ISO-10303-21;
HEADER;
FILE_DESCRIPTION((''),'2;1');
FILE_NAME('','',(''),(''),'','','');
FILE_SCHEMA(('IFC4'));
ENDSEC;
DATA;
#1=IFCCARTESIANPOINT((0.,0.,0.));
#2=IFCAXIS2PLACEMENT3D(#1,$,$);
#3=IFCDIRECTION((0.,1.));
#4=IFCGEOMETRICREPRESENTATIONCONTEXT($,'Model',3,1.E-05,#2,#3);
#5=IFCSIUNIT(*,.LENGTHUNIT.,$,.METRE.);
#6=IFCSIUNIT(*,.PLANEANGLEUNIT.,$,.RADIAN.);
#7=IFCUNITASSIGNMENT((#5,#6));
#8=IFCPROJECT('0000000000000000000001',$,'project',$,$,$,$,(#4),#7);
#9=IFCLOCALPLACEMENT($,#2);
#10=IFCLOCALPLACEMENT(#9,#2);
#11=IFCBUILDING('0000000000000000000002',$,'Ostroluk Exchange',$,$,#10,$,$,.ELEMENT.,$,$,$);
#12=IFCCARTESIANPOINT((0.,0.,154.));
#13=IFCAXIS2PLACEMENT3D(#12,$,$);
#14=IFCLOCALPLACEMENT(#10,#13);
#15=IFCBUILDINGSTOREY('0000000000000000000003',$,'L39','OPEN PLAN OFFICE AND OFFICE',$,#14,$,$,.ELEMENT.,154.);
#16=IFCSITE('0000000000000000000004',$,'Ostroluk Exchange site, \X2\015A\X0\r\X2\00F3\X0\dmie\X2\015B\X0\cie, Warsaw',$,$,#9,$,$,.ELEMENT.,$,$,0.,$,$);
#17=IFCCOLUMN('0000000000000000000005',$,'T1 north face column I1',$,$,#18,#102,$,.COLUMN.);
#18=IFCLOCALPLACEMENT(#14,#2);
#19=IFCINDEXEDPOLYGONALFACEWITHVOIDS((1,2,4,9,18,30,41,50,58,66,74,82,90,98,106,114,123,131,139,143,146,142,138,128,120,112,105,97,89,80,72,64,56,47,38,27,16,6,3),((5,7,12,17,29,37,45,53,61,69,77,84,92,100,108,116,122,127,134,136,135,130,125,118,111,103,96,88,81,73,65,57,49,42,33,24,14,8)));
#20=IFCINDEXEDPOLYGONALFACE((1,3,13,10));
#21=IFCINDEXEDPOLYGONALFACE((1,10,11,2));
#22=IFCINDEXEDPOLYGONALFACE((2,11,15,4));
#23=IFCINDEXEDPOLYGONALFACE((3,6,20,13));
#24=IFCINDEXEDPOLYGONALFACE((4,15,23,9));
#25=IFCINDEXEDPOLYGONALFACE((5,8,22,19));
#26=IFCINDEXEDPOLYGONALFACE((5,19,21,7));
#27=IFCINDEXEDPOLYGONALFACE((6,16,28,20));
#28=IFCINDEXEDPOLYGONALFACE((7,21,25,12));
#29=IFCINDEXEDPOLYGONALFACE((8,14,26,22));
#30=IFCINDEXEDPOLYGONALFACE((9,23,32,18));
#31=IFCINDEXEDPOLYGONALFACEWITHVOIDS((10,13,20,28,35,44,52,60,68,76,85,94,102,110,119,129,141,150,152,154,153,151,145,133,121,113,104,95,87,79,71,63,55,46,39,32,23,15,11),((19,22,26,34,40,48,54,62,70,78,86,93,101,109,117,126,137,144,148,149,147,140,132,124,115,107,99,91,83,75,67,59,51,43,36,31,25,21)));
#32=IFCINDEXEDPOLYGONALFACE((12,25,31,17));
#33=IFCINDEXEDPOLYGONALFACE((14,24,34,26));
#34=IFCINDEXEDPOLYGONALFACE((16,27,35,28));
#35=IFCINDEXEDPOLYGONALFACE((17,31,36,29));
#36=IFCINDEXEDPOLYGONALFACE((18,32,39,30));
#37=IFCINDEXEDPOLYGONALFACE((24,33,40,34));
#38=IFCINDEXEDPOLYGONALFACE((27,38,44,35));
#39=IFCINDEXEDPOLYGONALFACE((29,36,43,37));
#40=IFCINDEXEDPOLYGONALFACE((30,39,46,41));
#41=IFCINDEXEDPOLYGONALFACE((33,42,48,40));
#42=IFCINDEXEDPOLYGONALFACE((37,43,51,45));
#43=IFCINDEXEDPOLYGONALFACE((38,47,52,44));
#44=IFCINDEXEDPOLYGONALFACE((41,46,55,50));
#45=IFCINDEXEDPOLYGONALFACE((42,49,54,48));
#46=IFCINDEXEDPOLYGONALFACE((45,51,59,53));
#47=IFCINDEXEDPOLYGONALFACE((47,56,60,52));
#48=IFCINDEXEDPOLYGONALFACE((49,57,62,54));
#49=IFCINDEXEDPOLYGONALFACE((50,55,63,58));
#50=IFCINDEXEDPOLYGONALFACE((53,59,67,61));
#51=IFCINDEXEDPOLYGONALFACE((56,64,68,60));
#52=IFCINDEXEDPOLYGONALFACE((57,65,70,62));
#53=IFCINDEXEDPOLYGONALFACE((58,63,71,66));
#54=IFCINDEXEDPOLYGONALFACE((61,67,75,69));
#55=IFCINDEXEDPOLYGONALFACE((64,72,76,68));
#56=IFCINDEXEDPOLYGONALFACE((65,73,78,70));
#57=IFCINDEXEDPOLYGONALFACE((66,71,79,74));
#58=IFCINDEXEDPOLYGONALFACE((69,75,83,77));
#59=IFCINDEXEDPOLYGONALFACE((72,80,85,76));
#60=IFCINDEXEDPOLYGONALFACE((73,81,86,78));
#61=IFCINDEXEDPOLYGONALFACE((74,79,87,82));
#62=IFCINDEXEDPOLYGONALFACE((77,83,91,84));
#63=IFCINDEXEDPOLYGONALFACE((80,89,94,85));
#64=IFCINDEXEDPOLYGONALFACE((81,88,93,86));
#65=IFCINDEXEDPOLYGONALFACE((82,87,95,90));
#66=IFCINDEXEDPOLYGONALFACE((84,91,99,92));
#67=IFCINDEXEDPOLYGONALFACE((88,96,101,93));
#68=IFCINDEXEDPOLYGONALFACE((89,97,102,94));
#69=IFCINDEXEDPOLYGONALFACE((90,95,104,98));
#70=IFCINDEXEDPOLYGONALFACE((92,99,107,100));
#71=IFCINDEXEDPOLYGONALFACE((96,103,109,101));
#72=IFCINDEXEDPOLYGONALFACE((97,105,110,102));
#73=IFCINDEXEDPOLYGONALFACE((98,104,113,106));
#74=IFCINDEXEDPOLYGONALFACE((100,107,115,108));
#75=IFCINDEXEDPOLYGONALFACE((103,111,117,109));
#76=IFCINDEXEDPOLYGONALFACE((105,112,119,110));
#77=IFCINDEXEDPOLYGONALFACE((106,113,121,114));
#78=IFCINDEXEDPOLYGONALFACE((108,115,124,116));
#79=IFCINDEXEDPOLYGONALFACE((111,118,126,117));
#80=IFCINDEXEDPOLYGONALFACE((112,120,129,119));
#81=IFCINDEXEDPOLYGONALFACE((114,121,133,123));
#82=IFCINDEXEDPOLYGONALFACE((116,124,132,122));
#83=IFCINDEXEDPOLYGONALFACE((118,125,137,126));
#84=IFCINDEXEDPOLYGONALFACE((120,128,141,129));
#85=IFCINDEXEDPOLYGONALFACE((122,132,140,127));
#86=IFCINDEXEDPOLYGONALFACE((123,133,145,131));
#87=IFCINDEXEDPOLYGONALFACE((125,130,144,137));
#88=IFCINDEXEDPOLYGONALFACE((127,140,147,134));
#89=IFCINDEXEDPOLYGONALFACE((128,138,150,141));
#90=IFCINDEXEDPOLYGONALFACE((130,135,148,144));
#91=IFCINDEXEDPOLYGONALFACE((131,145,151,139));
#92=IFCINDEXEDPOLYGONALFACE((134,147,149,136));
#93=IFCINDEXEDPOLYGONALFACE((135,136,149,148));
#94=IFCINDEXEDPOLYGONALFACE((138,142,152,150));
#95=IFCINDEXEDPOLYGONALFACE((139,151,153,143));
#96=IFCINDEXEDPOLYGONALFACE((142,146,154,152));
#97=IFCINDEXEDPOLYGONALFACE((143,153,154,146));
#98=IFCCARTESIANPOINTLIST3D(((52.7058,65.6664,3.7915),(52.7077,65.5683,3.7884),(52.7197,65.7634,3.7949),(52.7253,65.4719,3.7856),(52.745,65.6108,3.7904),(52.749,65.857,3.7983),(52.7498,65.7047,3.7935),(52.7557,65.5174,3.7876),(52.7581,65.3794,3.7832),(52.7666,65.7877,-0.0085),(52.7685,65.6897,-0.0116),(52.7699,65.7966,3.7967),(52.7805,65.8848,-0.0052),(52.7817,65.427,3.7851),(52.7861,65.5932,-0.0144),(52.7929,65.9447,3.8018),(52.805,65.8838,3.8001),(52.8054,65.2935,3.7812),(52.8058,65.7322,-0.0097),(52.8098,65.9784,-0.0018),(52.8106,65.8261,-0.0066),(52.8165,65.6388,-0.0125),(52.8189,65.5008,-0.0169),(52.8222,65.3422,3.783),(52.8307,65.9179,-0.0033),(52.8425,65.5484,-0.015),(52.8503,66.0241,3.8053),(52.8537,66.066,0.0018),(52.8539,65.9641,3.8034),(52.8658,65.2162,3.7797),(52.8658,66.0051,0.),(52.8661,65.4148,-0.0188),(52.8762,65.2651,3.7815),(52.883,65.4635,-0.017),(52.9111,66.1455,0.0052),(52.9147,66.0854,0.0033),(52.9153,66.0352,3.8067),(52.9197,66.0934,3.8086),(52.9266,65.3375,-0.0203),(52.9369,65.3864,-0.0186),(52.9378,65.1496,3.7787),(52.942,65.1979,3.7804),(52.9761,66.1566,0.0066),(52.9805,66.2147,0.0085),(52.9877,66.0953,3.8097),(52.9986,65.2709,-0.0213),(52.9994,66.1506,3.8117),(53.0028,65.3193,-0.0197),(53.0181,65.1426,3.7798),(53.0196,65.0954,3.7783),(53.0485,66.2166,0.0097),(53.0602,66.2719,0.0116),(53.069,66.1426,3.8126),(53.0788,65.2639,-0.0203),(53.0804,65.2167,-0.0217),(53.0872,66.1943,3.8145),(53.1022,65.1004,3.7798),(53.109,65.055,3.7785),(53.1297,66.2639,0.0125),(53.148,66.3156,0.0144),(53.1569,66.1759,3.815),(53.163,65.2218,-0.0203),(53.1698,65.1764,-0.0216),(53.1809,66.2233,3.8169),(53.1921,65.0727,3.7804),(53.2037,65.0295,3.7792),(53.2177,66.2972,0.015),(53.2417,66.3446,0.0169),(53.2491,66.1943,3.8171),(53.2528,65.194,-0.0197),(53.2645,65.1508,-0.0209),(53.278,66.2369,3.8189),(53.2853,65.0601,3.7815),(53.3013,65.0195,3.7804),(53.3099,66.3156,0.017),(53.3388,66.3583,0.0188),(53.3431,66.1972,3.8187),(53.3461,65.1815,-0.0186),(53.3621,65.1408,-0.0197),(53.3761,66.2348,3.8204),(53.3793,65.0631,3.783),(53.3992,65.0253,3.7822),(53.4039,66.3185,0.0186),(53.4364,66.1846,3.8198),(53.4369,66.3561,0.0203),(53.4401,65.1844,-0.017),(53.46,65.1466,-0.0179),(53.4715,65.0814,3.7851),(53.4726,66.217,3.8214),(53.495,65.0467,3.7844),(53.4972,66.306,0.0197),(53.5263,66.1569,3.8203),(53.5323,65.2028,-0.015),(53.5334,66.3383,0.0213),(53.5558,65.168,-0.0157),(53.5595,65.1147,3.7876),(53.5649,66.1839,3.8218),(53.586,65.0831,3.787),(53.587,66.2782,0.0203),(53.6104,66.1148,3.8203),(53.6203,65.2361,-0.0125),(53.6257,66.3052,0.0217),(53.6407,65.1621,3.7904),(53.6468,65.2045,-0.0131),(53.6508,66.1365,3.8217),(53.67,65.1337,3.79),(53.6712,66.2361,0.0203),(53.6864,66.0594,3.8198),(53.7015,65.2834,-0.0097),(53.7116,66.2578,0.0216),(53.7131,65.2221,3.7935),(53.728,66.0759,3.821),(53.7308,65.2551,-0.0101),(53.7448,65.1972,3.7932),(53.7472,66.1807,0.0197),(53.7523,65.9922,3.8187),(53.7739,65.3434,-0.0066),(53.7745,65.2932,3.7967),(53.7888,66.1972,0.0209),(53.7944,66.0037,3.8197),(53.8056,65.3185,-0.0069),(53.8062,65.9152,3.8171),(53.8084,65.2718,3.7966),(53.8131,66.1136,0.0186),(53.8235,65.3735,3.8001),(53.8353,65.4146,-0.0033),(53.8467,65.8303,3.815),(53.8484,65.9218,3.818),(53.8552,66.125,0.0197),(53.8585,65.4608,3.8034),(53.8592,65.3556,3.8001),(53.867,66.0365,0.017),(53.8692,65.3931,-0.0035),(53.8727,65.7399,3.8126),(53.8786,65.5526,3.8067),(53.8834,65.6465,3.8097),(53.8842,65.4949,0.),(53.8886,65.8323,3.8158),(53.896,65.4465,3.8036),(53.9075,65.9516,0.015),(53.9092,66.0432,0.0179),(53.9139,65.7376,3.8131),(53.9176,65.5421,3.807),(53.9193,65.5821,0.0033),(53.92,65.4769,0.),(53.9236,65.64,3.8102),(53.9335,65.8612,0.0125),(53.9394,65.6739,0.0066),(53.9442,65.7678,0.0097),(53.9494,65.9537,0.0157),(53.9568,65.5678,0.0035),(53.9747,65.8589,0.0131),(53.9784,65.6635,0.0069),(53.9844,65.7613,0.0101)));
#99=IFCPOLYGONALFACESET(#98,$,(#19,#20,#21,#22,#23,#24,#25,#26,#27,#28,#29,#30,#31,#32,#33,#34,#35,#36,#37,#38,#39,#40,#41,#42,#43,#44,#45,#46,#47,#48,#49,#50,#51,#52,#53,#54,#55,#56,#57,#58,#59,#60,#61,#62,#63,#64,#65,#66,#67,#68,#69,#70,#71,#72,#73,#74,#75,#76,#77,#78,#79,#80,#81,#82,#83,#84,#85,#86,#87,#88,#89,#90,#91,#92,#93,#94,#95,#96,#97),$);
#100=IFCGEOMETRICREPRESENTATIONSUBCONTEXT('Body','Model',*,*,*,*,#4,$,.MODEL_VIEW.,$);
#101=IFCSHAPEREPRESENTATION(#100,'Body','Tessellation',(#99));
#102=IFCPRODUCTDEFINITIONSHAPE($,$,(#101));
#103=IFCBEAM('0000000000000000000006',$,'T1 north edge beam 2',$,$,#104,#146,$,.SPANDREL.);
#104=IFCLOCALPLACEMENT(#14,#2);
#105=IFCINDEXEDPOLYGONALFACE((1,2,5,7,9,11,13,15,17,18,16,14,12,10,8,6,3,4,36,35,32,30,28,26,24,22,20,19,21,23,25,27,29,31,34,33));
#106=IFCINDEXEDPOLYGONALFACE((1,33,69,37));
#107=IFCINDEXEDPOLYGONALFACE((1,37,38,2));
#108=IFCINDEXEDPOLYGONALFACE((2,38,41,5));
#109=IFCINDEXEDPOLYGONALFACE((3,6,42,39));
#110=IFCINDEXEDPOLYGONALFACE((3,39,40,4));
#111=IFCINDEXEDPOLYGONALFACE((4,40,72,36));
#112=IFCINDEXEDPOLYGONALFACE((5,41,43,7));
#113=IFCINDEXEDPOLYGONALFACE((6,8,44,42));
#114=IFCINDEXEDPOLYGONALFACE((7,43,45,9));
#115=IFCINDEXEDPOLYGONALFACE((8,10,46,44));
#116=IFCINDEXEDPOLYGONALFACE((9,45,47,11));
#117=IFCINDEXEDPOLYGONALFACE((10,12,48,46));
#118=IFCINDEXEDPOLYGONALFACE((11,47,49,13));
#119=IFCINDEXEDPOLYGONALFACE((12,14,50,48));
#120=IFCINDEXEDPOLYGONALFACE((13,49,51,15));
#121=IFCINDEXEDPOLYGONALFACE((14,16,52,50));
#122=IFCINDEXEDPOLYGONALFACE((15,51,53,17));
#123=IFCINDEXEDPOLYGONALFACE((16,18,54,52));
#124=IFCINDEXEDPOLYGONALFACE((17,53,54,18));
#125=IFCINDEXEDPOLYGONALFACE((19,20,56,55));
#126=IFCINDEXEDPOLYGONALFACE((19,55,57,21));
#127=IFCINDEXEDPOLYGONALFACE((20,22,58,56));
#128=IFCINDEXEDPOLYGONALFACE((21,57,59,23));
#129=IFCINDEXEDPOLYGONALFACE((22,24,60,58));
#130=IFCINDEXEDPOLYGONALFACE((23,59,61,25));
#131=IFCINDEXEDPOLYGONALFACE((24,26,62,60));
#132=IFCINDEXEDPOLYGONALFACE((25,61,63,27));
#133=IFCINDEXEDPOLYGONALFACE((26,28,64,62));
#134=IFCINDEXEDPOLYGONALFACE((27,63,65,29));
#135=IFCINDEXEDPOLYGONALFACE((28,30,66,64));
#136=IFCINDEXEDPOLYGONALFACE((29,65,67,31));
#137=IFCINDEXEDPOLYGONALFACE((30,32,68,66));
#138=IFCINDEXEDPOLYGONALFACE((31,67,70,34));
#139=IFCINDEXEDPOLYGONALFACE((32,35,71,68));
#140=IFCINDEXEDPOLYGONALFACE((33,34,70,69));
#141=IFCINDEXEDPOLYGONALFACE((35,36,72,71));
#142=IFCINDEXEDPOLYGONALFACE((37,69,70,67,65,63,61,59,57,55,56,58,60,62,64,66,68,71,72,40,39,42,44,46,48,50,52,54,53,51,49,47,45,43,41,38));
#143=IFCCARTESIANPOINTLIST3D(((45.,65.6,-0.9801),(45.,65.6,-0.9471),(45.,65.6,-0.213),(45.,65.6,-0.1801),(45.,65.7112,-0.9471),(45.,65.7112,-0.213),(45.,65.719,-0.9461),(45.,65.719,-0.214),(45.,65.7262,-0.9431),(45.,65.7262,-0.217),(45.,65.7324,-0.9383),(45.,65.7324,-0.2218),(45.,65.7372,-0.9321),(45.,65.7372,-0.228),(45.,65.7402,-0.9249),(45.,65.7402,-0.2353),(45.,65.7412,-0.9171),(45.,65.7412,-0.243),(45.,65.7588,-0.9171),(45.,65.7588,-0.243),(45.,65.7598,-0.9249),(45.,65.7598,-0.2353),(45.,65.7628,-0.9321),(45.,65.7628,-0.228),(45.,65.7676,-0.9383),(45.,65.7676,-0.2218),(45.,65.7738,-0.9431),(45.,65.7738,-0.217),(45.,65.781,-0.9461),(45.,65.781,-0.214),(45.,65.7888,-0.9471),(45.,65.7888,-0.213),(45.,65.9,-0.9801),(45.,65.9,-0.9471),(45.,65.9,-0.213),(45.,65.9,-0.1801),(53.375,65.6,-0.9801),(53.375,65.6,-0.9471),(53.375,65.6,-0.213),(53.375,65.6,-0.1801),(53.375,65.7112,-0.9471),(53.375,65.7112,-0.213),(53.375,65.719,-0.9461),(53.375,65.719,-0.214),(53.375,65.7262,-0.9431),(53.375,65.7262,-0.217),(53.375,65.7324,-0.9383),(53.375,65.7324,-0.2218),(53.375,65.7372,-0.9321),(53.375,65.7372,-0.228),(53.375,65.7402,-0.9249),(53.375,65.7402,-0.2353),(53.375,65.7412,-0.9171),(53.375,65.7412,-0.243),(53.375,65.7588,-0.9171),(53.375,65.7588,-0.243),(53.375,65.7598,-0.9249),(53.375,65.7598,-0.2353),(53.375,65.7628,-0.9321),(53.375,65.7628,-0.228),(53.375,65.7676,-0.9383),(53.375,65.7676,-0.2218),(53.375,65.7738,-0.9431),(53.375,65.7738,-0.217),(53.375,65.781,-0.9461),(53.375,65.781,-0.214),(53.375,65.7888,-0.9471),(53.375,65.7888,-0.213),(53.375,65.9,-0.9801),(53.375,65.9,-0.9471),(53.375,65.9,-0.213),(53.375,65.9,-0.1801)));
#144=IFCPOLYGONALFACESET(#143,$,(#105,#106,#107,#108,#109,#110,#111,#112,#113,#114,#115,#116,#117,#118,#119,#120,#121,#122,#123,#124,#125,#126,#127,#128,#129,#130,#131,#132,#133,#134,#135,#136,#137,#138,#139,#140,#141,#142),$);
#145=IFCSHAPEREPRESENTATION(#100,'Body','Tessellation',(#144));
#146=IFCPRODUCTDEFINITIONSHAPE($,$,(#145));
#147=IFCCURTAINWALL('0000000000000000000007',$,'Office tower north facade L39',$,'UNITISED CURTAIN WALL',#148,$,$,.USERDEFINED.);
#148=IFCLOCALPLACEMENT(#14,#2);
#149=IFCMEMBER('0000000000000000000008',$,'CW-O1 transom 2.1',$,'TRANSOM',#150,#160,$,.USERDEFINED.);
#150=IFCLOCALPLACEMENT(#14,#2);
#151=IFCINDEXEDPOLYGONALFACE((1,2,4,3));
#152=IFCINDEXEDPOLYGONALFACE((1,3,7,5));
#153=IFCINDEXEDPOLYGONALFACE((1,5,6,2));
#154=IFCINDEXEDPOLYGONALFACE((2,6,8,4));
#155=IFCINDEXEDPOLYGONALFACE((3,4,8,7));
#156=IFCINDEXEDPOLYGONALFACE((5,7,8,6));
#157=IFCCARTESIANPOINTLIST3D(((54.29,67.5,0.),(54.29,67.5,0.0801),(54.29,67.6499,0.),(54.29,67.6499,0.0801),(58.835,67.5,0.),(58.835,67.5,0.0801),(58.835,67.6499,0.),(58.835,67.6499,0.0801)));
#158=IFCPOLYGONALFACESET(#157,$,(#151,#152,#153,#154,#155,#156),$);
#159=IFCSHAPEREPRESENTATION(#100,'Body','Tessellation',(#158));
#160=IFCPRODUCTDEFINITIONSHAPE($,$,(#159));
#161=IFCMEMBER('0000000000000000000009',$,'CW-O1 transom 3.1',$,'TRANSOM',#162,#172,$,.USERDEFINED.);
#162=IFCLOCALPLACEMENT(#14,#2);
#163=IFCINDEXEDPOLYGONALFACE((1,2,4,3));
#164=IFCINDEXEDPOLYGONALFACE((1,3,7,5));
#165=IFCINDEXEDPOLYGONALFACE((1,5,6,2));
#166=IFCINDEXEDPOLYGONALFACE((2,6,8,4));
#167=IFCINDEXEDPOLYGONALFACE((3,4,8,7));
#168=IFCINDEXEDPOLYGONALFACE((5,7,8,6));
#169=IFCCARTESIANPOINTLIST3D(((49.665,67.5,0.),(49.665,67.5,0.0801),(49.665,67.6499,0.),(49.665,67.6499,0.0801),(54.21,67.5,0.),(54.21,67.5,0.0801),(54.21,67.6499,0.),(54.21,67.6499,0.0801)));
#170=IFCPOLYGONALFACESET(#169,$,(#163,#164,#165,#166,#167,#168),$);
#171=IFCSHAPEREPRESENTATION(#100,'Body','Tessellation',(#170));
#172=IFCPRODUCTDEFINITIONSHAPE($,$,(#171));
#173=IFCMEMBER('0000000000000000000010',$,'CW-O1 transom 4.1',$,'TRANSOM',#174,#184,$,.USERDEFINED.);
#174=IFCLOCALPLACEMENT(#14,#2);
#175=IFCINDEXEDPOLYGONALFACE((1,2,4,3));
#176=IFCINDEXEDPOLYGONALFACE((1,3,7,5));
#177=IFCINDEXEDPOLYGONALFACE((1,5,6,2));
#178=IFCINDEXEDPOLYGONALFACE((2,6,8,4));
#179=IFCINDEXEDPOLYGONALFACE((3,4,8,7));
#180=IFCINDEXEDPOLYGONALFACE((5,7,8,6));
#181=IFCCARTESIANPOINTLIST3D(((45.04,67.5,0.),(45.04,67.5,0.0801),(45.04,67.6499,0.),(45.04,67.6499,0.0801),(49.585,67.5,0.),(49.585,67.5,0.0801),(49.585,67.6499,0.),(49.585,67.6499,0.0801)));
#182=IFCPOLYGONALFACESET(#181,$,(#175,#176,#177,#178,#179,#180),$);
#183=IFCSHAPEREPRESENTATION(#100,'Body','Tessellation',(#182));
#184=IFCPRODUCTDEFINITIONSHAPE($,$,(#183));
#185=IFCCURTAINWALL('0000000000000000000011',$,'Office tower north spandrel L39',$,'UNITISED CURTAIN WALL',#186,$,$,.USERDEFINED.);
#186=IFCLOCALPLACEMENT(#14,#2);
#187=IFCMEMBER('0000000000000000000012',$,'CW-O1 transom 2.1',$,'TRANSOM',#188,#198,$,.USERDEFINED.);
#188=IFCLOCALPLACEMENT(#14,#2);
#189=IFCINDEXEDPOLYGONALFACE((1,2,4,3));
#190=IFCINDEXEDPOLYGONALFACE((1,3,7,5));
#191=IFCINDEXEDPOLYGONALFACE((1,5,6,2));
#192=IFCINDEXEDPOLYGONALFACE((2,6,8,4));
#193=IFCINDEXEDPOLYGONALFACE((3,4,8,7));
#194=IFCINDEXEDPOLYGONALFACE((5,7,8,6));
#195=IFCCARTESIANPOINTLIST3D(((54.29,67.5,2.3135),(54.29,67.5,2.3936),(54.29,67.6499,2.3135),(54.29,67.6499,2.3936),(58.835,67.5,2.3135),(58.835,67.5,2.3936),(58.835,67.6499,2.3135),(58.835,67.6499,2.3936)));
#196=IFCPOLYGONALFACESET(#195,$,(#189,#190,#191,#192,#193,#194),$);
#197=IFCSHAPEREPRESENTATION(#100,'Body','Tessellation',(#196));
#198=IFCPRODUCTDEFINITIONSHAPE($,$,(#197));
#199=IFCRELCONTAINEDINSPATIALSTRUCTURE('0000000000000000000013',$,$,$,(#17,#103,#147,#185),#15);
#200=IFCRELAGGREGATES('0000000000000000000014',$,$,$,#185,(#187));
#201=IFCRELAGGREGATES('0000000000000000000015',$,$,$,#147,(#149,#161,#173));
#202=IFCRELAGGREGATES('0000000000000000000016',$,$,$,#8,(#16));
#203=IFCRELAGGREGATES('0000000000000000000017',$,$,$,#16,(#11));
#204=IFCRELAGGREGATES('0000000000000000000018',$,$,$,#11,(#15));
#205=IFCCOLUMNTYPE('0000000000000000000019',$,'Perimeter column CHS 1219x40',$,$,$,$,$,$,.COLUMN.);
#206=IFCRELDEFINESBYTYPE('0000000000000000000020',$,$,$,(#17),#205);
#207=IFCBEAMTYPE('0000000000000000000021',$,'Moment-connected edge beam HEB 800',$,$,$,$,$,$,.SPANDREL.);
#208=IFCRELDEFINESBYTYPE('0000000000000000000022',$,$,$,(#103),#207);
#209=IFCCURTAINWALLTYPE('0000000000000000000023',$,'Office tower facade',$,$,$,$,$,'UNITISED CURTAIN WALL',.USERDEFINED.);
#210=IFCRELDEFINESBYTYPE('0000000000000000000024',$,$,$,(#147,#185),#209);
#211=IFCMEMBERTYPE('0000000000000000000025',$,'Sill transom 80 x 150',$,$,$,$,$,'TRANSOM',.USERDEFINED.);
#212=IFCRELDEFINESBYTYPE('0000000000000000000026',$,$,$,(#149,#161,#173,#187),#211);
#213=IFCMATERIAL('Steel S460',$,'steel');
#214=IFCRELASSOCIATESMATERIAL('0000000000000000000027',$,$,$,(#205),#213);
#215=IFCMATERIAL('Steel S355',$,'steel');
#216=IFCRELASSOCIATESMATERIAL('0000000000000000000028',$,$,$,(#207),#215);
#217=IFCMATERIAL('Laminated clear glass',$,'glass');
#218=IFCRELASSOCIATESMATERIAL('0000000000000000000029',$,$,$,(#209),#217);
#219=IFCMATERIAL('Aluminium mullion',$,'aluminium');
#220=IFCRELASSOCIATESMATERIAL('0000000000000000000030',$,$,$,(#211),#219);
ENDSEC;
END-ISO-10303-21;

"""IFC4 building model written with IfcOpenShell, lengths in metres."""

from ifc_helpers import new_model, si_unit, direction, frame, origin, origin_2d, place, context, subcontext, project, spatial, rectangle, hollow_circle, i_section, extrude, material, material_profile, profile_set, type_object, element, aggregate, save


model = new_model("IFC4")

# Units and contexts
model_context = context("Model", 3, precision=1e-05, world=origin(), true_north=direction((0.0, 1.0)))
body_context = subcontext(model_context, "Body", "Model", "MODEL_VIEW")
ifc_project = project(units=[si_unit("LENGTHUNIT", "METRE"), si_unit("PLANEANGLEUNIT", "RADIAN")], contexts=[model_context])

# Site, building, storey
site_placement = place(None, origin())
site = spatial("IfcSite", under=ifc_project, at=site_placement, Name="Ostroluk Exchange site, Śródmieście, Warsaw", CompositionType="ELEMENT", RefElevation=0.0)
building_placement = place(site_placement, origin())
building = spatial("IfcBuilding", under=site, at=building_placement, Name="Ostroluk Exchange", CompositionType="ELEMENT")
storey_placement = place(building_placement, frame((0.0, 0.0, 154.0)))
storey = spatial("IfcBuildingStorey", under=building, at=storey_placement, Name="L39", Description="OPEN PLAN OFFICE AND OFFICE", CompositionType="ELEMENT", Elevation=154.0)

# Column
ifc_material_1 = material(Name="Steel S460", Category="steel")
ifc_material_profile_1 = material_profile(ifc_material_1, hollow_circle(Radius=0.6096, WallThickness=0.04, at=origin_2d()), Name="CHS 1219x40")
ifc_profile_set_1 = profile_set([ifc_material_profile_1], Name="Steel S460")
column_type = type_object("IfcColumnType", Name="Perimeter column CHS 1219x40", PredefinedType="COLUMN", material=ifc_profile_set_1)
column_placement = place(storey_placement, frame((53.375, 65.75, 0.0), z_axis=(-0.015987, -0.03191, 0.999363), x_axis=(0.894067, -0.447933, 0.0)))
element("IfcColumn", 1, at=column_placement, inside=storey, type_object=column_type, Name="T1 north face column I1", PredefinedType="COLUMN", context=body_context, shape_type="SweptSolid", body=[
    extrude(hollow_circle(Radius=0.6096, WallThickness=0.04, at=origin_2d()), origin(), (0.0, 0.0, 1.0), 3.8025),
])

# Beam
ifc_material_2 = material(Name="Steel S355", Category="steel")
ifc_material_profile_2 = material_profile(ifc_material_2, i_section(OverallWidth=0.3, OverallDepth=0.8, WebThickness=0.0176, FlangeThickness=0.033, FilletRadius=0.03, at=origin_2d()), Name="HEB 800")
ifc_profile_set_2 = profile_set([ifc_material_profile_2], Name="Steel S355")
beam_type = type_object("IfcBeamType", Name="Moment-connected edge beam HEB 800", PredefinedType="SPANDREL", material=ifc_profile_set_2)
beam_placement = place(storey_placement, frame((53.375, 65.75, -0.5801), z_axis=(-1.0, 0.0, 0.0), x_axis=(0.0, -1.0, 0.0)))
element("IfcBeam", 2, at=beam_placement, inside=storey, type_object=beam_type, Name="T1 north edge beam 2", PredefinedType="SPANDREL", context=body_context, shape_type="SweptSolid", body=[
    extrude(i_section(OverallWidth=0.3, OverallDepth=0.8, WebThickness=0.0176, FlangeThickness=0.033, FilletRadius=0.03, at=origin_2d()), origin(), (0.0, 0.0, 1.0), 8.375),
])

# Curtain walls, members
ifc_material_3 = material(Name="Laminated clear glass", Category="glass")
curtain_wall_type = type_object("IfcCurtainWallType", Name="Office tower facade", ElementType="UNITISED CURTAIN WALL", PredefinedType="USERDEFINED", material=ifc_material_3)
curtain_wall_1_placement = place(storey_placement, origin())
curtain_wall_1 = element("IfcCurtainWall", 3, at=curtain_wall_1_placement, inside=storey, type_object=curtain_wall_type, Name="Office tower north facade L39", ObjectType="UNITISED CURTAIN WALL", PredefinedType="USERDEFINED")
ifc_material_4 = material(Name="Aluminium mullion", Category="aluminium")
ifc_material_profile_3 = material_profile(ifc_material_4, rectangle(XDim=0.1499, YDim=0.0801, at=origin_2d()), Name="Sill transom 80 x 150")
ifc_profile_set_3 = profile_set([ifc_material_profile_3], Name="Aluminium mullion")
member_type_1 = type_object("IfcMemberType", Name="Sill transom 80 x 150", ElementType="TRANSOM", PredefinedType="USERDEFINED", material=ifc_profile_set_3)
member_1_placement = place(storey_placement, frame((58.835, 67.575, 0.04), z_axis=(-1.0, 0.0, 0.0), x_axis=(0.0, -1.0, 0.0)))
member_1 = element("IfcMember", 4, at=member_1_placement, type_object=member_type_1, Name="CW-O1 transom 2.1", ObjectType="TRANSOM", PredefinedType="USERDEFINED", context=body_context, shape_type="SweptSolid", body=[
    extrude(rectangle(XDim=0.1499, YDim=0.0801, at=origin_2d()), origin(), (0.0, 0.0, 1.0), 4.5449),
])
member_2_placement = place(storey_placement, frame((54.21, 67.575, 0.04), z_axis=(-1.0, 0.0, 0.0), x_axis=(0.0, -1.0, 0.0)))
member_2 = element("IfcMember", 5, at=member_2_placement, type_object=member_type_1, Name="CW-O1 transom 3.1", ObjectType="TRANSOM", PredefinedType="USERDEFINED", context=body_context, shape_type="SweptSolid", body=[
    extrude(rectangle(XDim=0.1499, YDim=0.0801, at=origin_2d()), origin(), (0.0, 0.0, 1.0), 4.5449),
])
member_3_placement = place(storey_placement, frame((49.585, 67.575, 0.04), z_axis=(-1.0, 0.0, 0.0), x_axis=(0.0, -1.0, 0.0)))
member_3 = element("IfcMember", 6, at=member_3_placement, type_object=member_type_1, Name="CW-O1 transom 4.1", ObjectType="TRANSOM", PredefinedType="USERDEFINED", context=body_context, shape_type="SweptSolid", body=[
    extrude(rectangle(XDim=0.1499, YDim=0.0801, at=origin_2d()), origin(), (0.0, 0.0, 1.0), 4.5449),
])
curtain_wall_2_placement = place(storey_placement, origin())
curtain_wall_2 = element("IfcCurtainWall", 7, at=curtain_wall_2_placement, inside=storey, type_object=curtain_wall_type, Name="Office tower north spandrel L39", ObjectType="UNITISED CURTAIN WALL", PredefinedType="USERDEFINED")
member_4_placement = place(storey_placement, frame((58.835, 67.575, 2.3535), z_axis=(-1.0, 0.0, 0.0), x_axis=(0.0, -1.0, 0.0)))
member_4 = element("IfcMember", 8, at=member_4_placement, type_object=member_type_1, Name="CW-O1 transom 2.1", ObjectType="TRANSOM", PredefinedType="USERDEFINED", context=body_context, shape_type="SweptSolid", body=[
    extrude(rectangle(XDim=0.1499, YDim=0.0801, at=origin_2d()), origin(), (0.0, 0.0, 1.0), 4.5449),
])

aggregate(curtain_wall_2, [member_4])
aggregate(curtain_wall_1, [member_1, member_2, member_3])

save(model, "model.ifc")
